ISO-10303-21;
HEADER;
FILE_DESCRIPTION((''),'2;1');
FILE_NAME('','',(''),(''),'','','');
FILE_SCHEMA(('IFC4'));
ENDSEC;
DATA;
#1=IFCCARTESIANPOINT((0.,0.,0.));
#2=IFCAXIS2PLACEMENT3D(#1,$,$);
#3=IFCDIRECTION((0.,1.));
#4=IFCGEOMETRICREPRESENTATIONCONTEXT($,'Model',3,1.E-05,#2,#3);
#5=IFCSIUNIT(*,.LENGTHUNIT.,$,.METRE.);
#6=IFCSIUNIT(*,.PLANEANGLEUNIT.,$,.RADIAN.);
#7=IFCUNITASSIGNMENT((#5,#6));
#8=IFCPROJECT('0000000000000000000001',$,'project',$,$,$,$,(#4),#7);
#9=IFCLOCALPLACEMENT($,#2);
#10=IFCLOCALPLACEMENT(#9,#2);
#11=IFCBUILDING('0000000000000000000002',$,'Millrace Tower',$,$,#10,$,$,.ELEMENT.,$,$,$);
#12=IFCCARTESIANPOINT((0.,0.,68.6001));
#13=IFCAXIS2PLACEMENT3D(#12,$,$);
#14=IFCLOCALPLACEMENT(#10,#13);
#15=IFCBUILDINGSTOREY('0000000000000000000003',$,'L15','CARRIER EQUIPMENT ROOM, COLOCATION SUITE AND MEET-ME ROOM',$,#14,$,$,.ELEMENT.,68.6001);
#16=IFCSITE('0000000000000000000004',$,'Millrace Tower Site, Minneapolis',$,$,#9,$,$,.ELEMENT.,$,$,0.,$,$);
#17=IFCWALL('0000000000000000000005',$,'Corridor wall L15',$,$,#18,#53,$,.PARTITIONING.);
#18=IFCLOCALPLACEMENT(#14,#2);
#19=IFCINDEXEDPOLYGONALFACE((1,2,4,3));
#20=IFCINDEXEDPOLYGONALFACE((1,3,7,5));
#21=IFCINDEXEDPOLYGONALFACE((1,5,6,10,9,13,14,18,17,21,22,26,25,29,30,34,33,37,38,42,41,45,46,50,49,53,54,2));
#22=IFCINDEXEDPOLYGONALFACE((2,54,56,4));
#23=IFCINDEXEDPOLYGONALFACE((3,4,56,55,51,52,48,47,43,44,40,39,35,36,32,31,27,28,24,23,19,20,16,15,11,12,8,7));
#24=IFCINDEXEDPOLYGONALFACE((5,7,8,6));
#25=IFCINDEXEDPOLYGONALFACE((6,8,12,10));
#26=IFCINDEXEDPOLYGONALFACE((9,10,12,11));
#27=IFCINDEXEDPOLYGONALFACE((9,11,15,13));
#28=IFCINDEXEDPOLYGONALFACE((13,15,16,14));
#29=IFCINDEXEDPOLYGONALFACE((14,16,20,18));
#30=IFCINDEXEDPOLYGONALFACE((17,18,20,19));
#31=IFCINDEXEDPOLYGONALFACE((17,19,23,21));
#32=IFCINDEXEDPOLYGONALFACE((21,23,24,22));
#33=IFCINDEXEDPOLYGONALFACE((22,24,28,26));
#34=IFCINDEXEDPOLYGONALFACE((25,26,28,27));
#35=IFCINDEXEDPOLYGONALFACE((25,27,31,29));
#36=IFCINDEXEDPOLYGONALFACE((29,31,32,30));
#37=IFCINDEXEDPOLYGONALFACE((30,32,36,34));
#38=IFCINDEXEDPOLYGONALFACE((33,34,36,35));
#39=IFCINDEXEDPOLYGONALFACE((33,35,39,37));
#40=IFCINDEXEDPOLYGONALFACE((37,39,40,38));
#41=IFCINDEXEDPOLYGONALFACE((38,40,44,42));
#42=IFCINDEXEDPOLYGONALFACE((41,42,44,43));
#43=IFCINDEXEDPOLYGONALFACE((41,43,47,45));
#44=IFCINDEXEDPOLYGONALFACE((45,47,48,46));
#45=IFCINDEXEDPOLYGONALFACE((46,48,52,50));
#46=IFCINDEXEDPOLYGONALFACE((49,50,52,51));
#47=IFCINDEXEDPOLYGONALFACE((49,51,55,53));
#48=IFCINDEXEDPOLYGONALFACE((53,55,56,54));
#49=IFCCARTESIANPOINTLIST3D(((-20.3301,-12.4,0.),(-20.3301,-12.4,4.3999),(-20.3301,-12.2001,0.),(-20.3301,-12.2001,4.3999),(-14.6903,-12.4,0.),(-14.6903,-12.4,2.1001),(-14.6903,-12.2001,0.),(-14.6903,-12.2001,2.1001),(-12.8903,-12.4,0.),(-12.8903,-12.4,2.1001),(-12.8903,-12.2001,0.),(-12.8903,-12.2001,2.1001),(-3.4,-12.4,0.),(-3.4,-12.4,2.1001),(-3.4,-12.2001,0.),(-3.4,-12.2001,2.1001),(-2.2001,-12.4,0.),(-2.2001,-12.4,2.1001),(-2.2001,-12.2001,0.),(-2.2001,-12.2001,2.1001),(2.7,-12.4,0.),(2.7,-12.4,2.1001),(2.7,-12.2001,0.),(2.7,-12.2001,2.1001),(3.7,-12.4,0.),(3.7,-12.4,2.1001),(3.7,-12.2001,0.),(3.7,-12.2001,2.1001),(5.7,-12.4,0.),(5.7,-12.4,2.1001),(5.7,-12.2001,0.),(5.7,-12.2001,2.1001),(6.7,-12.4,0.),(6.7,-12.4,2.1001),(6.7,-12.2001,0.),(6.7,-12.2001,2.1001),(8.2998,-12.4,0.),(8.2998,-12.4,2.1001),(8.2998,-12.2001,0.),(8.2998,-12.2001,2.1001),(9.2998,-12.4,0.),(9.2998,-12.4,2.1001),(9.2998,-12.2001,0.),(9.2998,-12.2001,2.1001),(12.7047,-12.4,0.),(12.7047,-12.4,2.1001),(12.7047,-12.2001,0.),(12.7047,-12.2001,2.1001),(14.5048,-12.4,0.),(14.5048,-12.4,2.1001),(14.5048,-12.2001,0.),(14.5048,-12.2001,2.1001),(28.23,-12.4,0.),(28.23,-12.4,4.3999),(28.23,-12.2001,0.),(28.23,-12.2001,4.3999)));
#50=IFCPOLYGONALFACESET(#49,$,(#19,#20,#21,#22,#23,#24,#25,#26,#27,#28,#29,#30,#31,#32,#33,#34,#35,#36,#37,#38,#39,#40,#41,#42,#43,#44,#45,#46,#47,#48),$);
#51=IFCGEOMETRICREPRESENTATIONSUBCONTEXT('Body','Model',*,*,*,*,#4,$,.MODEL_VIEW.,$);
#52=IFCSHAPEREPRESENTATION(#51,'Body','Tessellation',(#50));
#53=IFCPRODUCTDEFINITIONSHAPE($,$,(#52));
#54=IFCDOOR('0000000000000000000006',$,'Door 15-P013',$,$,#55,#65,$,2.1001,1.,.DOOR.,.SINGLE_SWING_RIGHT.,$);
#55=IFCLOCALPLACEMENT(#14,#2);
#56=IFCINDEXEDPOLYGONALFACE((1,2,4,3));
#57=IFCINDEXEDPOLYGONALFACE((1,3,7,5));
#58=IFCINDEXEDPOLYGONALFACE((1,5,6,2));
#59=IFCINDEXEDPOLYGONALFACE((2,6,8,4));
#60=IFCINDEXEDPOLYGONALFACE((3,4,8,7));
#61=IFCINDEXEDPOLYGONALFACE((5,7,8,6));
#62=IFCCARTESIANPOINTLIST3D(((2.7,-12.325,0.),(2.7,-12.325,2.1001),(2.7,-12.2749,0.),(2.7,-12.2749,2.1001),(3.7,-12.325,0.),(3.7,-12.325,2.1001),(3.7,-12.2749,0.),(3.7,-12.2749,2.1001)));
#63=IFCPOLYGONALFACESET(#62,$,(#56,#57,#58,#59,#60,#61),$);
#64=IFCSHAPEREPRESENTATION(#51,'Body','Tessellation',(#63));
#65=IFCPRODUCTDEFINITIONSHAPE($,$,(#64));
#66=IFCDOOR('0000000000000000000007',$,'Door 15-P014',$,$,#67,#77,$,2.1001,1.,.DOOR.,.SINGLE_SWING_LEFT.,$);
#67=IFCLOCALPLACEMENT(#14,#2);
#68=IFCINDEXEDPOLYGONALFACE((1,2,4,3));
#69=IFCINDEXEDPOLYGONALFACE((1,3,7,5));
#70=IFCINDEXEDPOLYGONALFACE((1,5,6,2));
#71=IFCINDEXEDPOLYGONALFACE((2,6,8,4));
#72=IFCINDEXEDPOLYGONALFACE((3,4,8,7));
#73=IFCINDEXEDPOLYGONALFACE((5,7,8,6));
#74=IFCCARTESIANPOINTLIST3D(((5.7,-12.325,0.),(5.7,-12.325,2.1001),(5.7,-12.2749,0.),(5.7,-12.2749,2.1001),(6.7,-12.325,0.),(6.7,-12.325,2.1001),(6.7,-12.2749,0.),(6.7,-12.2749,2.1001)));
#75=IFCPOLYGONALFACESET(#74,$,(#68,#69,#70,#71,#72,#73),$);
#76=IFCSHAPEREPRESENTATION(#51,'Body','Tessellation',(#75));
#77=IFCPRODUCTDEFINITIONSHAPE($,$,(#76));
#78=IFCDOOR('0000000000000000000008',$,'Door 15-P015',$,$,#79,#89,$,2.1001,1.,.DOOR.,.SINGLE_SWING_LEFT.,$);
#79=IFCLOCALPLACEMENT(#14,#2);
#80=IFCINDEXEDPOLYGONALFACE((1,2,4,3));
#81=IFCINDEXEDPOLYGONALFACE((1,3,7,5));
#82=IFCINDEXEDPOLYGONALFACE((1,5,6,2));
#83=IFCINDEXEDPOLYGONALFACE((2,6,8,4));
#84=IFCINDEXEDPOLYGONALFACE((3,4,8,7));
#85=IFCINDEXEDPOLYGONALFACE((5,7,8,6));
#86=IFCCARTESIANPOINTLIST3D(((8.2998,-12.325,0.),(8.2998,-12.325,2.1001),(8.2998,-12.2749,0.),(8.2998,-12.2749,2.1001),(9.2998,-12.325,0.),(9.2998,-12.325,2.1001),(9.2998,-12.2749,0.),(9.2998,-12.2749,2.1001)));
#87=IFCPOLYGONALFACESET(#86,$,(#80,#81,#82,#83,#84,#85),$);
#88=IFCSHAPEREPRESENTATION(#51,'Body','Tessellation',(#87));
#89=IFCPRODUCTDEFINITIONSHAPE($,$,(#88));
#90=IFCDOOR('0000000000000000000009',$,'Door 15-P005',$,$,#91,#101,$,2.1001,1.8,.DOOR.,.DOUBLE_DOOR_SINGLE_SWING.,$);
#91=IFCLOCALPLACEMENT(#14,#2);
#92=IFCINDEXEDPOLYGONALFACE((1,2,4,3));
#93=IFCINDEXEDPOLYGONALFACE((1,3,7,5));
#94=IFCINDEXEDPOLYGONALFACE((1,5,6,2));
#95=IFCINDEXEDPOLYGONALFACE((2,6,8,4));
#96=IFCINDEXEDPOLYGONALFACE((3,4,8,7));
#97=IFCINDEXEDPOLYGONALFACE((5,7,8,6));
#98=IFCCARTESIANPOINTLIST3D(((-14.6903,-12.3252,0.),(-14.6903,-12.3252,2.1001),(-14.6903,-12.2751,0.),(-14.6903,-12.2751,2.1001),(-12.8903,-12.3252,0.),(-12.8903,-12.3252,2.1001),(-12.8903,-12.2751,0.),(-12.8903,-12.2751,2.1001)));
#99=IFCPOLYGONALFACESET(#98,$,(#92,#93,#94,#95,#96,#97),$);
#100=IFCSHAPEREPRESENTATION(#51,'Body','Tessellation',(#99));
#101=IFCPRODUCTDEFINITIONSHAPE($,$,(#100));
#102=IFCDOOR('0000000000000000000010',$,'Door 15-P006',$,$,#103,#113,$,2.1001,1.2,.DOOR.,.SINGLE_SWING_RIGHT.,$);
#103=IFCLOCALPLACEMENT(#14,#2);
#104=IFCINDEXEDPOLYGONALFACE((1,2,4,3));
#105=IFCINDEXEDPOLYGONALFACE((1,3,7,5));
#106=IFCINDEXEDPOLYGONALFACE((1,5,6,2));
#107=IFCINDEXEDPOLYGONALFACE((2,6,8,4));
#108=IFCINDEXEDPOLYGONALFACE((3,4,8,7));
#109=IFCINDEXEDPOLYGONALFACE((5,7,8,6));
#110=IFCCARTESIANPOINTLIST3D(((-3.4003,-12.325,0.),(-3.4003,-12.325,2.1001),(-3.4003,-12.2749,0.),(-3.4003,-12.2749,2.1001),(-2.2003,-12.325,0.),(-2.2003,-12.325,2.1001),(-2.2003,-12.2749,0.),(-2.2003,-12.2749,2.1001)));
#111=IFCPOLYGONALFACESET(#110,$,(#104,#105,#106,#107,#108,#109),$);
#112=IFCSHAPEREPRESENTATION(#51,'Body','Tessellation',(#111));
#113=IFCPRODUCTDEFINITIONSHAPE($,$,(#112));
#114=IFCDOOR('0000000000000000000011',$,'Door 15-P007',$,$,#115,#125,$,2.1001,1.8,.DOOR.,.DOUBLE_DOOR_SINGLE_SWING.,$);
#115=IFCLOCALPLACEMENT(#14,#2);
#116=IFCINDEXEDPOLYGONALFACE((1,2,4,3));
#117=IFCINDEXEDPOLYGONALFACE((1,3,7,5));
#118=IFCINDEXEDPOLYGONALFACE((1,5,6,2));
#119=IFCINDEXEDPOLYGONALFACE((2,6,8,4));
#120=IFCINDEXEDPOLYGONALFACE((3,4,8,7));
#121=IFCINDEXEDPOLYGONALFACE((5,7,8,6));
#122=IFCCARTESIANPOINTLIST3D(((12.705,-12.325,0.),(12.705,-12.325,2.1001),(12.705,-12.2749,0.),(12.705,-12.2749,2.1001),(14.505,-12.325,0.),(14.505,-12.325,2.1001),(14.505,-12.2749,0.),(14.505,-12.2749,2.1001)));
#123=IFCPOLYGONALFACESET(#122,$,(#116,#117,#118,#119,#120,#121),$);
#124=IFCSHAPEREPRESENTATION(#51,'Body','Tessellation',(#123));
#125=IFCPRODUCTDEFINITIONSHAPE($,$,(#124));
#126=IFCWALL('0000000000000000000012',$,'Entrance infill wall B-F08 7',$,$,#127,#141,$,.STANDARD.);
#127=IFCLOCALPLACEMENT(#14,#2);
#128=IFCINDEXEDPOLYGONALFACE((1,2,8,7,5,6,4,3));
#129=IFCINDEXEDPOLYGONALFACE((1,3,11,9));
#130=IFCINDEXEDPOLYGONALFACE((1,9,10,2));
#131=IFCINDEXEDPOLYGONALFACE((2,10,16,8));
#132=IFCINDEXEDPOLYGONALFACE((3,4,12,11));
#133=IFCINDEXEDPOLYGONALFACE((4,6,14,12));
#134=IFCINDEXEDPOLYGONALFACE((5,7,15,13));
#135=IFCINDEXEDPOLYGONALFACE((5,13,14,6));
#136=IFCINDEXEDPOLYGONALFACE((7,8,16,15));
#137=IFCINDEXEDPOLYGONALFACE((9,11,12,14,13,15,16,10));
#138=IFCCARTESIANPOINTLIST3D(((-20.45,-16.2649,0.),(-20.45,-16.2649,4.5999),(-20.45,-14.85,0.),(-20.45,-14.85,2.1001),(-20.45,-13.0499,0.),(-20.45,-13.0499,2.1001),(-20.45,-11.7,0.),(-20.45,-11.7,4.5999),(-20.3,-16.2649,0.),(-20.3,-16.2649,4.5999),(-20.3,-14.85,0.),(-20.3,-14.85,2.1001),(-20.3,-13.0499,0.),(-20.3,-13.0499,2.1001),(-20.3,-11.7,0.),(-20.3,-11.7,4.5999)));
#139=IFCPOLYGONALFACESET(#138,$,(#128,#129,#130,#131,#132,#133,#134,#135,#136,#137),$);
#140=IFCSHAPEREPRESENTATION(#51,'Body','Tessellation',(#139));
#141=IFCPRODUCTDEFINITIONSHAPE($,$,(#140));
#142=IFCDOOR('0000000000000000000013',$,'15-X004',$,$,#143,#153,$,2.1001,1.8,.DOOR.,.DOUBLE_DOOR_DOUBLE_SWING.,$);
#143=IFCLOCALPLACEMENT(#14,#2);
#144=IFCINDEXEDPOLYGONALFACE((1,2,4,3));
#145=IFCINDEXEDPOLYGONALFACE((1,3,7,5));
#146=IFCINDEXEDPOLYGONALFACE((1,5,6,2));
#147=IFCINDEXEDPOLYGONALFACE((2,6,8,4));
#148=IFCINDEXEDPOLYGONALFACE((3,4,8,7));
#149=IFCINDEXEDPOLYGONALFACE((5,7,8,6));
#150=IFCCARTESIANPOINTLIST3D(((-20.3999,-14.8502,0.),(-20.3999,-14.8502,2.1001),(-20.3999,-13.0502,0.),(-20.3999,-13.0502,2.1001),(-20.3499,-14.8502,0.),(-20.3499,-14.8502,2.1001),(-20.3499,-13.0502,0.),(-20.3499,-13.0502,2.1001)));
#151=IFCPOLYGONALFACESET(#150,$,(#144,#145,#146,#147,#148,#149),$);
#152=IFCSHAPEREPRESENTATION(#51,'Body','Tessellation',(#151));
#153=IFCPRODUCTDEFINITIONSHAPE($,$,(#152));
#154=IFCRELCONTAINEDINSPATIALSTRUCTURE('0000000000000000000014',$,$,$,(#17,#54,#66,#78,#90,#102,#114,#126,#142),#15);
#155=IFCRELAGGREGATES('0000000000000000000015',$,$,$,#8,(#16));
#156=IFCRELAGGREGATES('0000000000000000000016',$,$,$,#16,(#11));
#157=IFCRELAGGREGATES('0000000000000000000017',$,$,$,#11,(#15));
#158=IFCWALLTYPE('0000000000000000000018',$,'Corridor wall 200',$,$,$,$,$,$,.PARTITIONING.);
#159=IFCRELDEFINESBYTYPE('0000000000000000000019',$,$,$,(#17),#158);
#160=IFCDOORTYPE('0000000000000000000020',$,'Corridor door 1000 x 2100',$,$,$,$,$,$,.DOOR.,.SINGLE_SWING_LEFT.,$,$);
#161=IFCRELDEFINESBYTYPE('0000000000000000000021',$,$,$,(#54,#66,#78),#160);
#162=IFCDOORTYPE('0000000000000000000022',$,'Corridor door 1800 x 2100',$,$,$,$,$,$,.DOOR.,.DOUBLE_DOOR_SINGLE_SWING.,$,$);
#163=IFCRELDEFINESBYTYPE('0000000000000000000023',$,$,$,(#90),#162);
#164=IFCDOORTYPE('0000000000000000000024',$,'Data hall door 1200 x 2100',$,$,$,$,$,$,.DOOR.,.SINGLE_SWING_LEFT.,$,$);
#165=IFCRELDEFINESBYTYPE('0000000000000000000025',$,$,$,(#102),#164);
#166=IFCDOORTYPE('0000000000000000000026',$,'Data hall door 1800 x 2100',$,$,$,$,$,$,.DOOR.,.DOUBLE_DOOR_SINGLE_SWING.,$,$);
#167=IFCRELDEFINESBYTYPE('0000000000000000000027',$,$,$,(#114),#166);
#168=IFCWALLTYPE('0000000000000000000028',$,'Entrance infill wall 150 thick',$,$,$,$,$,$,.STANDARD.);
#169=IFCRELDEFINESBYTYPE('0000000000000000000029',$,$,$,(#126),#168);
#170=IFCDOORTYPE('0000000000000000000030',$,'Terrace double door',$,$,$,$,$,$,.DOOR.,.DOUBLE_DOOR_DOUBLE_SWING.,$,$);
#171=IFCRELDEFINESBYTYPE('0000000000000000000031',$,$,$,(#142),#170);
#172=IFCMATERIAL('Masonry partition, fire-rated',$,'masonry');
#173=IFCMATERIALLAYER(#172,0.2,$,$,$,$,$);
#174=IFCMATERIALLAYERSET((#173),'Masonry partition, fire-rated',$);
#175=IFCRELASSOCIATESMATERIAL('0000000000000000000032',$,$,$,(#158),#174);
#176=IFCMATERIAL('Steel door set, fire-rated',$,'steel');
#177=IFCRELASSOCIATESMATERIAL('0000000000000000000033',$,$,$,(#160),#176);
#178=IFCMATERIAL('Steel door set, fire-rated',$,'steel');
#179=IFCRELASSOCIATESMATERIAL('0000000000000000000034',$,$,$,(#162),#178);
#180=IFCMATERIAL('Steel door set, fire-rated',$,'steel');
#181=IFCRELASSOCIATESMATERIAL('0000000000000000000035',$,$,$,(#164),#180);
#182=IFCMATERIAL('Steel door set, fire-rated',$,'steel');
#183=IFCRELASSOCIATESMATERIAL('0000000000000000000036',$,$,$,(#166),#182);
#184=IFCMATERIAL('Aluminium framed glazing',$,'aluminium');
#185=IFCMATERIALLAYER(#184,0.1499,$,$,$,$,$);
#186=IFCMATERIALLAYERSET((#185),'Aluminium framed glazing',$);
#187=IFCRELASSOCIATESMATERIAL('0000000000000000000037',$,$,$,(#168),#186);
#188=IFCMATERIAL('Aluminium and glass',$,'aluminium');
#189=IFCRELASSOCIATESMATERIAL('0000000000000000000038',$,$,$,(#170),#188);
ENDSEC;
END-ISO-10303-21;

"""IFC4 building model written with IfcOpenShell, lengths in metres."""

from ifc_helpers import new_model, si_unit, direction, frame, frame_2d, origin, place, context, subcontext, project, spatial, rectangle, extrude, material, layer, layer_set, type_object, element, fill, save


model = new_model("IFC4")

# Units and contexts
model_context = context("Model", 3, precision=1e-05, world=origin(), true_north=direction((0.0, 1.0)))
body_context = subcontext(model_context, "Body", "Model", "MODEL_VIEW")
ifc_project = project(units=[si_unit("LENGTHUNIT", "METRE"), si_unit("PLANEANGLEUNIT", "RADIAN")], contexts=[model_context])

# Site, building, storey
site_placement = place(None, origin())
site = spatial("IfcSite", under=ifc_project, at=site_placement, Name="Millrace Tower Site, Minneapolis", CompositionType="ELEMENT", RefElevation=0.0)
building_placement = place(site_placement, origin())
building = spatial("IfcBuilding", under=site, at=building_placement, Name="Millrace Tower", CompositionType="ELEMENT")
storey_placement = place(building_placement, frame((0.0, 0.0, 68.6001)))
storey = spatial("IfcBuildingStorey", under=building, at=storey_placement, Name="L15", Description="CARRIER EQUIPMENT ROOM, COLOCATION SUITE AND MEET-ME ROOM", CompositionType="ELEMENT", Elevation=68.6001)

# Wall, openings, doors
ifc_material_1 = material(Name="Masonry partition, fire-rated", Category="masonry")
ifc_layer_1 = layer(ifc_material_1, 0.2)
ifc_layer_set_1 = layer_set([ifc_layer_1], Name="Masonry partition, fire-rated")
wall_type_1 = type_object("IfcWallType", Name="Corridor wall 200", PredefinedType="PARTITIONING", material=ifc_layer_set_1)
wall_1_placement = place(storey_placement, frame((-20.3301, -12.3, 0.0), z_axis=(0.0, 0.0, 1.0), x_axis=(1.0, 0.0, 0.0)))
wall_1 = element("IfcWall", 1, at=wall_1_placement, inside=storey, type_object=wall_type_1, Name="Corridor wall L15", PredefinedType="PARTITIONING", context=body_context, shape_type="SweptSolid", body=[
    extrude(rectangle(XDim=48.5601, YDim=0.2, at=frame_2d((24.28, 0.0))), origin(), (0.0, 0.0, 1.0), 4.3999),
])
opening_1_placement = place(wall_1_placement, frame((5.6399, 0.0, 0.0)))
opening_1 = element("IfcOpeningElement", 2, at=opening_1_placement, cuts=wall_1, PredefinedType="OPENING", context=body_context, shape_type="SweptSolid", body=[
    extrude(rectangle(XDim=1.8, YDim=2.1001, at=frame_2d((0.8999, 1.05))), frame((0.0, 0.1099, 0.0), z_axis=(0.0, -1.0, 0.0), x_axis=(1.0, 0.0, 0.0)), (0.0, 0.0, 1.0), 0.22),
])
opening_2_placement = place(wall_1_placement, frame((16.9299, 0.0, 0.0)))
opening_2 = element("IfcOpeningElement", 3, at=opening_2_placement, cuts=wall_1, PredefinedType="OPENING", context=body_context, shape_type="SweptSolid", body=[
    extrude(rectangle(XDim=1.2, YDim=2.1001, at=frame_2d((0.6001, 1.05))), frame((0.0, 0.1099, 0.0), z_axis=(0.0, -1.0, 0.0), x_axis=(1.0, 0.0, 0.0)), (0.0, 0.0, 1.0), 0.22),
])
opening_3_placement = place(wall_1_placement, frame((33.0349, 0.0, 0.0)))
opening_3 = element("IfcOpeningElement", 4, at=opening_3_placement, cuts=wall_1, PredefinedType="OPENING", context=body_context, shape_type="SweptSolid", body=[
    extrude(rectangle(XDim=1.8, YDim=2.1001, at=frame_2d((0.8999, 1.05))), frame((0.0, 0.1099, 0.0), z_axis=(0.0, -1.0, 0.0), x_axis=(1.0, 0.0, 0.0)), (0.0, 0.0, 1.0), 0.22),
])
opening_4_placement = place(wall_1_placement, frame((23.03, 0.0, 0.0)))
opening_4 = element("IfcOpeningElement", 5, at=opening_4_placement, cuts=wall_1, PredefinedType="OPENING", context=body_context, shape_type="SweptSolid", body=[
    extrude(rectangle(XDim=1.0, YDim=2.1001, at=frame_2d((0.5, 1.05))), frame((0.0, 0.1099, 0.0), z_axis=(0.0, -1.0, 0.0), x_axis=(1.0, 0.0, 0.0)), (0.0, 0.0, 1.0), 0.22),
])
opening_5_placement = place(wall_1_placement, frame((26.03, 0.0, 0.0)))
opening_5 = element("IfcOpeningElement", 6, at=opening_5_placement, cuts=wall_1, PredefinedType="OPENING", context=body_context, shape_type="SweptSolid", body=[
    extrude(rectangle(XDim=1.0, YDim=2.1001, at=frame_2d((0.5, 1.05))), frame((0.0, 0.1099, 0.0), z_axis=(0.0, -1.0, 0.0), x_axis=(1.0, 0.0, 0.0)), (0.0, 0.0, 1.0), 0.22),
])
opening_6_placement = place(wall_1_placement, frame((28.6299, 0.0, 0.0)))
opening_6 = element("IfcOpeningElement", 7, at=opening_6_placement, cuts=wall_1, PredefinedType="OPENING", context=body_context, shape_type="SweptSolid", body=[
    extrude(rectangle(XDim=1.0, YDim=2.1001, at=frame_2d((0.5, 1.05))), frame((0.0, 0.1099, 0.0), z_axis=(0.0, -1.0, 0.0), x_axis=(1.0, 0.0, 0.0)), (0.0, 0.0, 1.0), 0.22),
])
ifc_material_2 = material(Name="Steel door set, fire-rated", Category="steel")
door_type_1 = type_object("IfcDoorType", Name="Corridor door 1000 x 2100", OperationType="SINGLE_SWING_LEFT", PredefinedType="DOOR", material=ifc_material_2)
door_1_placement = place(opening_4_placement, frame((1.0, 0.0, 0.0), z_axis=(0.0, 0.0, 1.0), x_axis=(-1.0, 0.0, 0.0)))
door_1 = element("IfcDoor", 8, at=door_1_placement, inside=storey, type_object=door_type_1, Name="Door 15-P013", OperationType="SINGLE_SWING_RIGHT", OverallHeight=2.1001, OverallWidth=1.0, PredefinedType="DOOR", context=body_context, shape_type="SweptSolid", body=[
    extrude(rectangle(XDim=1.0, YDim=2.1001, at=frame_2d((0.5, 1.05))), frame((0.0, 0.0249, 0.0), z_axis=(0.0, -1.0, 0.0), x_axis=(1.0, 0.0, 0.0)), (0.0, 0.0, 1.0), 0.05),
])
fill(opening_4, door_1)
door_2_placement = place(opening_5_placement, frame((1.0, 0.0, 0.0), z_axis=(0.0, 0.0, 1.0), x_axis=(-1.0, 0.0, 0.0)))
door_2 = element("IfcDoor", 9, at=door_2_placement, inside=storey, type_object=door_type_1, Name="Door 15-P014", OperationType="SINGLE_SWING_LEFT", OverallHeight=2.1001, OverallWidth=1.0, PredefinedType="DOOR", context=body_context, shape_type="SweptSolid", body=[
    extrude(rectangle(XDim=1.0, YDim=2.1001, at=frame_2d((0.5, 1.05))), frame((0.0, 0.0249, 0.0), z_axis=(0.0, -1.0, 0.0), x_axis=(1.0, 0.0, 0.0)), (0.0, 0.0, 1.0), 0.05),
])
fill(opening_5, door_2)
door_3_placement = place(opening_6_placement, frame((1.0, 0.0, 0.0), z_axis=(0.0, 0.0, 1.0), x_axis=(-1.0, 0.0, 0.0)))
door_3 = element("IfcDoor", 10, at=door_3_placement, inside=storey, type_object=door_type_1, Name="Door 15-P015", OperationType="SINGLE_SWING_LEFT", OverallHeight=2.1001, OverallWidth=1.0, PredefinedType="DOOR", context=body_context, shape_type="SweptSolid", body=[
    extrude(rectangle(XDim=1.0, YDim=2.1001, at=frame_2d((0.5, 1.05))), frame((0.0, 0.0249, 0.0), z_axis=(0.0, -1.0, 0.0), x_axis=(1.0, 0.0, 0.0)), (0.0, 0.0, 1.0), 0.05),
])
fill(opening_6, door_3)
ifc_material_3 = material(Name="Steel door set, fire-rated", Category="steel")
door_type_2 = type_object("IfcDoorType", Name="Corridor door 1800 x 2100", OperationType="DOUBLE_DOOR_SINGLE_SWING", PredefinedType="DOOR", material=ifc_material_3)
door_4_placement = place(opening_1_placement, origin())
door_4 = element("IfcDoor", 11, at=door_4_placement, inside=storey, type_object=door_type_2, Name="Door 15-P005", OperationType="DOUBLE_DOOR_SINGLE_SWING", OverallHeight=2.1001, OverallWidth=1.8, PredefinedType="DOOR", context=body_context, shape_type="SweptSolid", body=[
    extrude(rectangle(XDim=1.8, YDim=2.1001, at=frame_2d((0.8999, 1.05))), frame((0.0, 0.0249, 0.0), z_axis=(0.0, -1.0, 0.0), x_axis=(1.0, 0.0, 0.0)), (0.0, 0.0, 1.0), 0.05),
])
fill(opening_1, door_4)
ifc_material_4 = material(Name="Steel door set, fire-rated", Category="steel")
door_type_3 = type_object("IfcDoorType", Name="Data hall door 1200 x 2100", OperationType="SINGLE_SWING_LEFT", PredefinedType="DOOR", material=ifc_material_4)
door_5_placement = place(opening_2_placement, frame((1.2, 0.0, 0.0), z_axis=(0.0, 0.0, 1.0), x_axis=(-1.0, 0.0, 0.0)))
door_5 = element("IfcDoor", 12, at=door_5_placement, inside=storey, type_object=door_type_3, Name="Door 15-P006", OperationType="SINGLE_SWING_RIGHT", OverallHeight=2.1001, OverallWidth=1.2, PredefinedType="DOOR", context=body_context, shape_type="SweptSolid", body=[
    extrude(rectangle(XDim=1.2, YDim=2.1001, at=frame_2d((0.6001, 1.05))), frame((0.0, 0.0249, 0.0), z_axis=(0.0, -1.0, 0.0), x_axis=(1.0, 0.0, 0.0)), (0.0, 0.0, 1.0), 0.05),
])
fill(opening_2, door_5)
ifc_material_5 = material(Name="Steel door set, fire-rated", Category="steel")
door_type_4 = type_object("IfcDoorType", Name="Data hall door 1800 x 2100", OperationType="DOUBLE_DOOR_SINGLE_SWING", PredefinedType="DOOR", material=ifc_material_5)
door_6_placement = place(opening_3_placement, frame((1.8, 0.0, 0.0), z_axis=(0.0, 0.0, 1.0), x_axis=(-1.0, 0.0, 0.0)))
door_6 = element("IfcDoor", 13, at=door_6_placement, inside=storey, type_object=door_type_4, Name="Door 15-P007", OperationType="DOUBLE_DOOR_SINGLE_SWING", OverallHeight=2.1001, OverallWidth=1.8, PredefinedType="DOOR", context=body_context, shape_type="SweptSolid", body=[
    extrude(rectangle(XDim=1.8, YDim=2.1001, at=frame_2d((0.8999, 1.05))), frame((0.0, 0.0249, 0.0), z_axis=(0.0, -1.0, 0.0), x_axis=(1.0, 0.0, 0.0)), (0.0, 0.0, 1.0), 0.05),
])
fill(opening_3, door_6)

# Wall, opening, door
ifc_material_6 = material(Name="Aluminium framed glazing", Category="aluminium")
ifc_layer_2 = layer(ifc_material_6, 0.1499)
ifc_layer_set_2 = layer_set([ifc_layer_2], Name="Aluminium framed glazing")
wall_type_2 = type_object("IfcWallType", Name="Entrance infill wall 150 thick", PredefinedType="STANDARD", material=ifc_layer_set_2)
wall_2_placement = place(storey_placement, frame((-20.375, -11.7, 0.0), z_axis=(0.0, 0.0, 1.0), x_axis=(0.0, -1.0, 0.0)))
wall_2 = element("IfcWall", 14, at=wall_2_placement, inside=storey, type_object=wall_type_2, Name="Entrance infill wall B-F08 7", PredefinedType="STANDARD", context=body_context, shape_type="SweptSolid", body=[
    extrude(rectangle(XDim=4.5649, YDim=0.1499, at=frame_2d((2.2825, 0.0))), origin(), (0.0, 0.0, 1.0), 4.5999),
])
opening_7_placement = place(wall_2_placement, frame((1.3501, 0.0, 0.0)))
opening_7 = element("IfcOpeningElement", 15, at=opening_7_placement, cuts=wall_2, PredefinedType="OPENING", context=body_context, shape_type="SweptSolid", body=[
    extrude(rectangle(XDim=1.8, YDim=2.1001, at=frame_2d((0.8999, 1.05))), frame((0.0, 0.085, 0.0), z_axis=(0.0, -1.0, 0.0), x_axis=(1.0, 0.0, 0.0)), (0.0, 0.0, 1.0), 0.1699),
])
ifc_material_7 = material(Name="Aluminium and glass", Category="aluminium")
door_type_5 = type_object("IfcDoorType", Name="Terrace double door", OperationType="DOUBLE_DOOR_DOUBLE_SWING", PredefinedType="DOOR", material=ifc_material_7)
door_7_placement = place(opening_7_placement, frame((1.8, 0.0, 0.0), z_axis=(0.0, 0.0, 1.0), x_axis=(-1.0, 0.0, 0.0)))
door_7 = element("IfcDoor", 16, at=door_7_placement, inside=storey, type_object=door_type_5, Name="15-X004", OperationType="DOUBLE_DOOR_DOUBLE_SWING", OverallHeight=2.1001, OverallWidth=1.8, PredefinedType="DOOR", context=body_context, shape_type="SweptSolid", body=[
    extrude(rectangle(XDim=1.8, YDim=2.1001, at=frame_2d((0.8999, 1.05))), frame((0.0, 0.0249, 0.0), z_axis=(0.0, -1.0, 0.0), x_axis=(1.0, 0.0, 0.0)), (0.0, 0.0, 1.0), 0.05),
])
fill(opening_7, door_7)

save(model, "model.ifc")
